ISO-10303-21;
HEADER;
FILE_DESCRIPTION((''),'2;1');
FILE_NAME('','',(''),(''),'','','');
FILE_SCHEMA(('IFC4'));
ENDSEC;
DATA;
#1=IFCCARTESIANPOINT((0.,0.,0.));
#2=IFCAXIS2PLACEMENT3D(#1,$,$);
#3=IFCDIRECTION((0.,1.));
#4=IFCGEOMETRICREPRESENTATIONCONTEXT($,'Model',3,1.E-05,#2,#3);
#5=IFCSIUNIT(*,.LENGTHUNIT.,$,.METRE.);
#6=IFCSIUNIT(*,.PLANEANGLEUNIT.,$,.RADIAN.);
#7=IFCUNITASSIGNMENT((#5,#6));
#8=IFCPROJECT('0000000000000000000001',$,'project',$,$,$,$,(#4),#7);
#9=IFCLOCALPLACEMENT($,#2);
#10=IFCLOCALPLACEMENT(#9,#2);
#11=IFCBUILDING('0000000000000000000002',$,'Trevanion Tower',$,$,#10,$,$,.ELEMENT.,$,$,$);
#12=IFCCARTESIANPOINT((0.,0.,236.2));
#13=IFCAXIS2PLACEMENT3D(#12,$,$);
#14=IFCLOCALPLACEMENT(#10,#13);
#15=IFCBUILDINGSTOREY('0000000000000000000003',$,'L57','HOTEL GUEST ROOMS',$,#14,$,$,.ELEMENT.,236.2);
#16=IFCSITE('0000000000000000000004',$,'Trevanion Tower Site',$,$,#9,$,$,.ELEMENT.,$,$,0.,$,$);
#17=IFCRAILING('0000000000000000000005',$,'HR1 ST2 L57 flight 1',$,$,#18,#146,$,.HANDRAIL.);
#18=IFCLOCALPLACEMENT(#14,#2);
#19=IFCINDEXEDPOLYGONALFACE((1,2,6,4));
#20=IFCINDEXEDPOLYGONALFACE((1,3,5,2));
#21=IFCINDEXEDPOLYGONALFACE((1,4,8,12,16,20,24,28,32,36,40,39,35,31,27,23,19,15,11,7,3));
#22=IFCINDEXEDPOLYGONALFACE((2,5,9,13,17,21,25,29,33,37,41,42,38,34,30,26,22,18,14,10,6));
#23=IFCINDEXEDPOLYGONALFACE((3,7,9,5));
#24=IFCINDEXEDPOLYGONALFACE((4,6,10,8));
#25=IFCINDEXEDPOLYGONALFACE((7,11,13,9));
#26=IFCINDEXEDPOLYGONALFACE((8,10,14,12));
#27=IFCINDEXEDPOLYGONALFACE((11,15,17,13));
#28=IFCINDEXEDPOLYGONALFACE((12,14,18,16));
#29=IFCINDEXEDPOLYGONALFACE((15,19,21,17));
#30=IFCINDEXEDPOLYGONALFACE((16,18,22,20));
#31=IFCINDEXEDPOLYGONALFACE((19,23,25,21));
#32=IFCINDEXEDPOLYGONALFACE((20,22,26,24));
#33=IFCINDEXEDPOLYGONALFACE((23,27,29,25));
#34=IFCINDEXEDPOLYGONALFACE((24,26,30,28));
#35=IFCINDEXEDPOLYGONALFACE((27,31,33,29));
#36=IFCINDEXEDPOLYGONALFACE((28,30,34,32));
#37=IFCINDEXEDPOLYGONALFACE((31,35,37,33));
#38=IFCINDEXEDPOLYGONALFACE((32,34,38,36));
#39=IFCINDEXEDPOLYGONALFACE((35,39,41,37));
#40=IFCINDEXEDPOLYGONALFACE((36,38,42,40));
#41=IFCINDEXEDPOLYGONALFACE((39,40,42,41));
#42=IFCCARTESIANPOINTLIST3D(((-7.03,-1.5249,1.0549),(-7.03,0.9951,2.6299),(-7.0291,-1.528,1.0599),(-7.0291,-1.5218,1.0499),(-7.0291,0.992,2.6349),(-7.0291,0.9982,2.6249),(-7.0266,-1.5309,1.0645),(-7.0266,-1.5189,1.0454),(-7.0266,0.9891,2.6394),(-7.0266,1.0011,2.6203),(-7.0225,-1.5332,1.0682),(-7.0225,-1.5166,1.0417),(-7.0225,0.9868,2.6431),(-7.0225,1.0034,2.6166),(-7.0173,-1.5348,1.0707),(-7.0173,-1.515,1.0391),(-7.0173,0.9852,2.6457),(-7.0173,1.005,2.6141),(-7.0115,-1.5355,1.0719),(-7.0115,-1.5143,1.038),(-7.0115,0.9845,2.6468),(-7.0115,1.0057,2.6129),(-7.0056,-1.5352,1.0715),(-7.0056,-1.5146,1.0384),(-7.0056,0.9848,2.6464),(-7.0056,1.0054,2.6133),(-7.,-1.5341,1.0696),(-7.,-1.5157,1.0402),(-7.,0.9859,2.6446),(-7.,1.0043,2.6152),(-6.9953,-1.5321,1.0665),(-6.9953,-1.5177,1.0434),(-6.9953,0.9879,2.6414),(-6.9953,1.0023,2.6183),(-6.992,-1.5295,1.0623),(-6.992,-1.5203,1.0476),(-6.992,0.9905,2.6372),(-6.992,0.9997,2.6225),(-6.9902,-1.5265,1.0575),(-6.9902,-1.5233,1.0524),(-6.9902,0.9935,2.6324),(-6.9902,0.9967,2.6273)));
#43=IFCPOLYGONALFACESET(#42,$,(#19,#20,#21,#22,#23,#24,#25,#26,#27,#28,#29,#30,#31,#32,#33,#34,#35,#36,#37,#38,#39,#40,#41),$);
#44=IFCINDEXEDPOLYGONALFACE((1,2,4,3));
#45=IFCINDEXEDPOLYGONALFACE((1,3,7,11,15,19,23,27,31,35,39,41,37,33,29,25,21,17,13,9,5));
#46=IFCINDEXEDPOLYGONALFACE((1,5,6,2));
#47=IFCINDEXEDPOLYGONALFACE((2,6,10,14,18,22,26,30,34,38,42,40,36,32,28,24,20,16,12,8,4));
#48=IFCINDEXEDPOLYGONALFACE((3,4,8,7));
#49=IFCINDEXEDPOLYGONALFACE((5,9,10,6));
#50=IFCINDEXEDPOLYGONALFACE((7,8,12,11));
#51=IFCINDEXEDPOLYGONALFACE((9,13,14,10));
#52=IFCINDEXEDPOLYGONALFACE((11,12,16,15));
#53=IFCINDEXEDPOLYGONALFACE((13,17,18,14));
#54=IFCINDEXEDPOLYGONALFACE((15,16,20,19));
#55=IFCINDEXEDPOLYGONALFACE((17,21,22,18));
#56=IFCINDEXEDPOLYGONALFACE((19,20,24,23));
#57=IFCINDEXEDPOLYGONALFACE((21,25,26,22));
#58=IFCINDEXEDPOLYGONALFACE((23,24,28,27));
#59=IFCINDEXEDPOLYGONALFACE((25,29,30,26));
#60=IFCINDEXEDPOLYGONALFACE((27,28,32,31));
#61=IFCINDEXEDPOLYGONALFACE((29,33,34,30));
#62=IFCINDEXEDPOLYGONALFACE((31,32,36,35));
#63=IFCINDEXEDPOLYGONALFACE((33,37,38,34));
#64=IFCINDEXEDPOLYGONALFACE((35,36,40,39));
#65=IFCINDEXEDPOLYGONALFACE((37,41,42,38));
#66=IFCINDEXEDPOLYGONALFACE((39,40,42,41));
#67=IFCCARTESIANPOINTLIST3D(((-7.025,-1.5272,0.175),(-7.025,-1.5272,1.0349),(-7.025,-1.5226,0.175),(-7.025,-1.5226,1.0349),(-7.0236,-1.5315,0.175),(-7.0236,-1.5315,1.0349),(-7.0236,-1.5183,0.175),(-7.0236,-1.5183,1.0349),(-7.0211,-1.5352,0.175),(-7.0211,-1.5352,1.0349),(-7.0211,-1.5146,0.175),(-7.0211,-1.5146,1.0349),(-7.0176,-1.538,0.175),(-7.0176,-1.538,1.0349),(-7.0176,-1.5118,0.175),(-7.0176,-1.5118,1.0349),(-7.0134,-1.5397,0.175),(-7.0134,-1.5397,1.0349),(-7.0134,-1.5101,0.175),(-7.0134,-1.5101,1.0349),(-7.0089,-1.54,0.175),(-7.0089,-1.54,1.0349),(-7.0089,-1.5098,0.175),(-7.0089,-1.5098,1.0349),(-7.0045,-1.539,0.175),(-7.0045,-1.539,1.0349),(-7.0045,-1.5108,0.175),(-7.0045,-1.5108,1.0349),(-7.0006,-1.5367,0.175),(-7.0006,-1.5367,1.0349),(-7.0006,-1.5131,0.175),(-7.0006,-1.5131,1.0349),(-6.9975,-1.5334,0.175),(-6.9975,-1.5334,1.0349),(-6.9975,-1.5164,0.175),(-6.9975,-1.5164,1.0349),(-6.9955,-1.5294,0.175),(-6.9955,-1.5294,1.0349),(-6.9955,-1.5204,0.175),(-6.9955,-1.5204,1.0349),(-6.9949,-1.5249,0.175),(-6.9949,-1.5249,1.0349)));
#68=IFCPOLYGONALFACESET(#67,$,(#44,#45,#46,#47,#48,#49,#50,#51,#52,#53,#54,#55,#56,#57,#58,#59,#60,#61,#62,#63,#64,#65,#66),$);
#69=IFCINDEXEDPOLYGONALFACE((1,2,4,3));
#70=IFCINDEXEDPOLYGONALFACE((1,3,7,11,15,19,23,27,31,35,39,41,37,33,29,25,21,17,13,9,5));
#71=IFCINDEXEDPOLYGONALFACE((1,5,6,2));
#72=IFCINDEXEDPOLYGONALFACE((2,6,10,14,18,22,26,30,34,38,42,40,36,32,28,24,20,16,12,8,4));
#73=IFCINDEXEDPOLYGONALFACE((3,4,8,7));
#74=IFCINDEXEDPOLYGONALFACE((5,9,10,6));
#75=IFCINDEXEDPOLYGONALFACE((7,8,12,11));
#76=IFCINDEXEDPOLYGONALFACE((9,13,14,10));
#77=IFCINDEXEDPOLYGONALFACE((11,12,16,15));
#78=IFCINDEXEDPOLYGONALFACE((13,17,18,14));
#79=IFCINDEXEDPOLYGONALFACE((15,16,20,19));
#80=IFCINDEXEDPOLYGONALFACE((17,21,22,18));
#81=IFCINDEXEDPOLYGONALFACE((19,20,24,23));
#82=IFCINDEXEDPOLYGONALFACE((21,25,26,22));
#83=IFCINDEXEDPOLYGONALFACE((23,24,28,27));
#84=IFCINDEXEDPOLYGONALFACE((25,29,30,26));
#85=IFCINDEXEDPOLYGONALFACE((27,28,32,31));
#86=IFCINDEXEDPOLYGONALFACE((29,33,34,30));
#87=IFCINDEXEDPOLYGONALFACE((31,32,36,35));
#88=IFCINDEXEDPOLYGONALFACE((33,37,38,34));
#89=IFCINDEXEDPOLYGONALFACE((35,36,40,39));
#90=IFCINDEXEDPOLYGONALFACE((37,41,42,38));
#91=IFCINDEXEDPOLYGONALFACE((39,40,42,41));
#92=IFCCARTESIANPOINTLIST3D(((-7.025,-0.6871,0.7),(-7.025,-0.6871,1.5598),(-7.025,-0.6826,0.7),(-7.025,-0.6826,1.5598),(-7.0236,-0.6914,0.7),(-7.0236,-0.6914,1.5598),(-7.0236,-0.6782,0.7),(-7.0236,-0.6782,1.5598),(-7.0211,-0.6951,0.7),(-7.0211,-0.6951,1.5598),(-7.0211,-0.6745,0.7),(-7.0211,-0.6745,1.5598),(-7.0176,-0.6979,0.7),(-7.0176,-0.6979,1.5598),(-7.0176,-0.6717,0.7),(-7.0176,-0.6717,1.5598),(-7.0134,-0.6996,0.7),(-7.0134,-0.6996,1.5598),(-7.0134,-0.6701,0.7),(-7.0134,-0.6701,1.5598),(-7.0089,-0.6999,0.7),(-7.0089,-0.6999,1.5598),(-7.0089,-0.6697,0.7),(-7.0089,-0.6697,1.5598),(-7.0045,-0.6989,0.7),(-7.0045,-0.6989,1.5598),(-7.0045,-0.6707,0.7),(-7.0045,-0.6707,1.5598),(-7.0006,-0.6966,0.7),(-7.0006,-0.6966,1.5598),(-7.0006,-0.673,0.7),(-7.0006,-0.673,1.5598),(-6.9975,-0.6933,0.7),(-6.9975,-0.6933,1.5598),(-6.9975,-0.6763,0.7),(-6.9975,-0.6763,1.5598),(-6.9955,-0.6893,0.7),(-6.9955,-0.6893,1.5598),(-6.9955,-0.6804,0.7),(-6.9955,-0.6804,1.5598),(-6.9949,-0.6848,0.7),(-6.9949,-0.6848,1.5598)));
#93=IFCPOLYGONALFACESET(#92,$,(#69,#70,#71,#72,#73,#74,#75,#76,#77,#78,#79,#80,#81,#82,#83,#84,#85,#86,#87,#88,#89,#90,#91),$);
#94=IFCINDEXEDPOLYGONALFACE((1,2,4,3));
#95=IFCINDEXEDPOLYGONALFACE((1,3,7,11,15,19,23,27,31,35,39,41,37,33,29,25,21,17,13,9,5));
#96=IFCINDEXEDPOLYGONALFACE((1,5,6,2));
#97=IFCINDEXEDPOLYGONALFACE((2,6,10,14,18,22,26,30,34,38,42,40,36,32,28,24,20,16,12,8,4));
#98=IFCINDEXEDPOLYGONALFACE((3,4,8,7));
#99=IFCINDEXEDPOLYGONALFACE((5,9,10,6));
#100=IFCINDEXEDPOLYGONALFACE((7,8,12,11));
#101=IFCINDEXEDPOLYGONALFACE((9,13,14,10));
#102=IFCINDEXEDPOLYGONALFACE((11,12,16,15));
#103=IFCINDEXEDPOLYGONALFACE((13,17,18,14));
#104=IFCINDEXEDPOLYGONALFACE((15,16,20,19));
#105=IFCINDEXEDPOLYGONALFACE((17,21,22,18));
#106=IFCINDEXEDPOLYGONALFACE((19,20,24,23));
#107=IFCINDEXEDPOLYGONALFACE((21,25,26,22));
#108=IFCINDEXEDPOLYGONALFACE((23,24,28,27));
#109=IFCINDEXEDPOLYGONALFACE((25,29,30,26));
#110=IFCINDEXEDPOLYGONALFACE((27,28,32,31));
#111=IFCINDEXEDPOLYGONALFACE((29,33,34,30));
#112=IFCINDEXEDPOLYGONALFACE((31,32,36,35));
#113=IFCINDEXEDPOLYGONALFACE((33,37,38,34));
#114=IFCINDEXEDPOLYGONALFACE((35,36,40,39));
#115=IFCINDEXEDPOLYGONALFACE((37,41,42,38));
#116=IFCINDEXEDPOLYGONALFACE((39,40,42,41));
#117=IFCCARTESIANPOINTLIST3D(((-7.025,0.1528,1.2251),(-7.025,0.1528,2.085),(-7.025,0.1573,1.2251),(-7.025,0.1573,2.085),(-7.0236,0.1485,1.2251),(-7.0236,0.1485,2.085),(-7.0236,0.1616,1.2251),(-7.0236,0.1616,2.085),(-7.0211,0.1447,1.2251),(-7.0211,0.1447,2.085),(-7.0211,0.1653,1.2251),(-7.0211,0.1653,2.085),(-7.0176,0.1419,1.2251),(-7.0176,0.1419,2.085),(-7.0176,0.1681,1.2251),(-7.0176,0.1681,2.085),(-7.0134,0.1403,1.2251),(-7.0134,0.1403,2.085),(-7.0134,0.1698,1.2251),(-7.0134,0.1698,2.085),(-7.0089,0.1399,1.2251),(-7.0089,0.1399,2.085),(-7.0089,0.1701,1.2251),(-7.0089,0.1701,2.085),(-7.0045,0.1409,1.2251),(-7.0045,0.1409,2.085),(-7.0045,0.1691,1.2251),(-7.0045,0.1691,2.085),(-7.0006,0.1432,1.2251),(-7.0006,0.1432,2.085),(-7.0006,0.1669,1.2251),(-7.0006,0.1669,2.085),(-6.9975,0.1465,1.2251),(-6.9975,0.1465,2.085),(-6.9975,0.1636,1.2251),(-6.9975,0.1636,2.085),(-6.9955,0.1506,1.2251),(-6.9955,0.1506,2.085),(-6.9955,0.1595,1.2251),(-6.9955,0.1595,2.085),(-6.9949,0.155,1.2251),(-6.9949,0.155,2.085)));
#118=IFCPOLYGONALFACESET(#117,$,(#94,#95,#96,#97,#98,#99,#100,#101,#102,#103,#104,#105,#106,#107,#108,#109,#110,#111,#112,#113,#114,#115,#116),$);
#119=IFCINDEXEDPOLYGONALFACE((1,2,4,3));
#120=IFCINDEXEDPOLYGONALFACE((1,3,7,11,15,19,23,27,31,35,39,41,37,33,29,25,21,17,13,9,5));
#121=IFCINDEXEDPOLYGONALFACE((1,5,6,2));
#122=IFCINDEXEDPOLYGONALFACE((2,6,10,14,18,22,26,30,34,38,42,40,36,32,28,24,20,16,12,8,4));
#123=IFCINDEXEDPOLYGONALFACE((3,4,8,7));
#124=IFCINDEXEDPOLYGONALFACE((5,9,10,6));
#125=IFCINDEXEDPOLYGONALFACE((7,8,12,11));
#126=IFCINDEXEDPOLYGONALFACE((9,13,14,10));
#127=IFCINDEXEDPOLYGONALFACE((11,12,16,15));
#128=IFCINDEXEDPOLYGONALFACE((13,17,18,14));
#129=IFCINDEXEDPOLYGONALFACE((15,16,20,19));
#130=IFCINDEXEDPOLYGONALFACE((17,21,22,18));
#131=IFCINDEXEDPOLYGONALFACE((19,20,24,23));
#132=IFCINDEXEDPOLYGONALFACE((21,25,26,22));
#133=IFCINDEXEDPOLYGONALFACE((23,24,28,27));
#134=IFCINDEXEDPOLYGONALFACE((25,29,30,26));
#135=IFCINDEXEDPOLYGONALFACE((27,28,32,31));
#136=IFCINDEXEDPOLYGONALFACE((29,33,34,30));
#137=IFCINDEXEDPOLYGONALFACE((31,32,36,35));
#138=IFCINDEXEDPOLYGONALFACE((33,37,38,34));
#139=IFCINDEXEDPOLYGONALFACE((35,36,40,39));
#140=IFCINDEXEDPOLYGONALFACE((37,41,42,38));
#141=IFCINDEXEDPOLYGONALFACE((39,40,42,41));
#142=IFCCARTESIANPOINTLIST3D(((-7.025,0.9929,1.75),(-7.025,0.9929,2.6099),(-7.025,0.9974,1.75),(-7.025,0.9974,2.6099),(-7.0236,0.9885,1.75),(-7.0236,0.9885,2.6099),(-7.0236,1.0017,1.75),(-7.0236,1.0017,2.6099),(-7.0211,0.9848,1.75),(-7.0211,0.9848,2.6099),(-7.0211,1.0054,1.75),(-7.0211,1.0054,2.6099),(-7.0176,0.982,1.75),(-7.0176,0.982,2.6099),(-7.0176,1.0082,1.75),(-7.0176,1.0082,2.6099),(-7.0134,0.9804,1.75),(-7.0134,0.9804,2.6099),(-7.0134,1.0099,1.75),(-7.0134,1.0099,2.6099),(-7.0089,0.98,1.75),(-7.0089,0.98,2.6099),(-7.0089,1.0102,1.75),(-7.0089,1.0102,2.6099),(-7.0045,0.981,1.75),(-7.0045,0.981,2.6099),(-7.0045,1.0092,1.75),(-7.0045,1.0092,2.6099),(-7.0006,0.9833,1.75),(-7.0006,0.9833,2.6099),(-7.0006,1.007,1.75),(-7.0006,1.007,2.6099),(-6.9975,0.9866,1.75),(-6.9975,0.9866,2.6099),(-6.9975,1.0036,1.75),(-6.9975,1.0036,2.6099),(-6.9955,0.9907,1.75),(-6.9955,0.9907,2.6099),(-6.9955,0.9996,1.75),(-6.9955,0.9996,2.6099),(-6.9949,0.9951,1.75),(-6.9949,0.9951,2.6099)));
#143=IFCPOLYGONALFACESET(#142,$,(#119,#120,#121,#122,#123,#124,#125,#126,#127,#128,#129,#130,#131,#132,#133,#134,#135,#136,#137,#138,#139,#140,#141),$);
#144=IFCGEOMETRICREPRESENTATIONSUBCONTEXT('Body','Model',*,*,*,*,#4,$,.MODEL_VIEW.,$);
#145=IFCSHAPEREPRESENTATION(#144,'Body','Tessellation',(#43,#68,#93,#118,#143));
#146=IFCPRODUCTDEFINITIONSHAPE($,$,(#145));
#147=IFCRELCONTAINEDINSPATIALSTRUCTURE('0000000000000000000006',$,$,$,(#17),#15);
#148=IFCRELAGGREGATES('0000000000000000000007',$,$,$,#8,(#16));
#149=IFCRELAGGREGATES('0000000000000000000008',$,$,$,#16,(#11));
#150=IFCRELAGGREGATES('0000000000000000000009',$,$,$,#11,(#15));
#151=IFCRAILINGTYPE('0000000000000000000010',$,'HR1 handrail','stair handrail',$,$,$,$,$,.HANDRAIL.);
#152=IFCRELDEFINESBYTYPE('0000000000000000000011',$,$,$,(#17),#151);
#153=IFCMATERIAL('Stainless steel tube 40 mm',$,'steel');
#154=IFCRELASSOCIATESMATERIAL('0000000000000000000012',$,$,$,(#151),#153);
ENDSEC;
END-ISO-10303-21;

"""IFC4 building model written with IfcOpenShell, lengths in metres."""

from ifc_helpers import new_model, si_unit, direction, frame, origin, origin_2d, place, context, subcontext, project, spatial, circle, extrude, material, type_object, element, save


model = new_model("IFC4")

# Units and contexts
model_context = context("Model", 3, precision=1e-05, world=origin(), true_north=direction((0.0, 1.0)))
body_context = subcontext(model_context, "Body", "Model", "MODEL_VIEW")
ifc_project = project(units=[si_unit("LENGTHUNIT", "METRE"), si_unit("PLANEANGLEUNIT", "RADIAN")], contexts=[model_context])

# Site, building, storey
site_placement = place(None, origin())
site = spatial("IfcSite", under=ifc_project, at=site_placement, Name="Trevanion Tower Site", CompositionType="ELEMENT", RefElevation=0.0)
building_placement = place(site_placement, origin())
building = spatial("IfcBuilding", under=site, at=building_placement, Name="Trevanion Tower", CompositionType="ELEMENT")
storey_placement = place(building_placement, frame((0.0, 0.0, 236.2)))
storey = spatial("IfcBuildingStorey", under=building, at=storey_placement, Name="L57", Description="HOTEL GUEST ROOMS", CompositionType="ELEMENT", Elevation=236.2)

# Railing
ifc_material_1 = material(Name="Stainless steel tube 40 mm", Category="steel")
railing_type = type_object("IfcRailingType", Name="HR1 handrail", Description="stair handrail", PredefinedType="HANDRAIL", material=ifc_material_1)
for number, where, name in (
    (1, (-7.01, -1.5249, 0.175), "HR1 ST2 L57 flight 1"),
):
    element("IfcRailing", number, at=place(storey_placement, frame(where)), inside=storey, type_object=railing_type, Name=name, PredefinedType="HANDRAIL", context=body_context, shape_type="SweptSolid", body=[
        extrude(circle(Radius=0.02, at=origin_2d()), frame((0.0, 0.0, 0.8799), z_axis=(0.0, 0.848008, 0.529984), x_axis=(-1.0, 0.0, 0.0)), (0.0, 0.0, 1.0), 2.9717),
        extrude(circle(Radius=0.0151, at=origin_2d()), origin(), (0.0, 0.0, 1.0), 0.8599),
        extrude(circle(Radius=0.0151, at=origin_2d()), frame((0.0, 0.8401, 0.5249)), (0.0, 0.0, 1.0), 0.8599),
        extrude(circle(Radius=0.0151, at=origin_2d()), frame((0.0, 1.6799, 1.05)), (0.0, 0.0, 1.0), 0.8599),
        extrude(circle(Radius=0.0151, at=origin_2d()), frame((0.0, 2.52, 1.575)), (0.0, 0.0, 1.0), 0.8599),
    ])

save(model, "model.ifc")
